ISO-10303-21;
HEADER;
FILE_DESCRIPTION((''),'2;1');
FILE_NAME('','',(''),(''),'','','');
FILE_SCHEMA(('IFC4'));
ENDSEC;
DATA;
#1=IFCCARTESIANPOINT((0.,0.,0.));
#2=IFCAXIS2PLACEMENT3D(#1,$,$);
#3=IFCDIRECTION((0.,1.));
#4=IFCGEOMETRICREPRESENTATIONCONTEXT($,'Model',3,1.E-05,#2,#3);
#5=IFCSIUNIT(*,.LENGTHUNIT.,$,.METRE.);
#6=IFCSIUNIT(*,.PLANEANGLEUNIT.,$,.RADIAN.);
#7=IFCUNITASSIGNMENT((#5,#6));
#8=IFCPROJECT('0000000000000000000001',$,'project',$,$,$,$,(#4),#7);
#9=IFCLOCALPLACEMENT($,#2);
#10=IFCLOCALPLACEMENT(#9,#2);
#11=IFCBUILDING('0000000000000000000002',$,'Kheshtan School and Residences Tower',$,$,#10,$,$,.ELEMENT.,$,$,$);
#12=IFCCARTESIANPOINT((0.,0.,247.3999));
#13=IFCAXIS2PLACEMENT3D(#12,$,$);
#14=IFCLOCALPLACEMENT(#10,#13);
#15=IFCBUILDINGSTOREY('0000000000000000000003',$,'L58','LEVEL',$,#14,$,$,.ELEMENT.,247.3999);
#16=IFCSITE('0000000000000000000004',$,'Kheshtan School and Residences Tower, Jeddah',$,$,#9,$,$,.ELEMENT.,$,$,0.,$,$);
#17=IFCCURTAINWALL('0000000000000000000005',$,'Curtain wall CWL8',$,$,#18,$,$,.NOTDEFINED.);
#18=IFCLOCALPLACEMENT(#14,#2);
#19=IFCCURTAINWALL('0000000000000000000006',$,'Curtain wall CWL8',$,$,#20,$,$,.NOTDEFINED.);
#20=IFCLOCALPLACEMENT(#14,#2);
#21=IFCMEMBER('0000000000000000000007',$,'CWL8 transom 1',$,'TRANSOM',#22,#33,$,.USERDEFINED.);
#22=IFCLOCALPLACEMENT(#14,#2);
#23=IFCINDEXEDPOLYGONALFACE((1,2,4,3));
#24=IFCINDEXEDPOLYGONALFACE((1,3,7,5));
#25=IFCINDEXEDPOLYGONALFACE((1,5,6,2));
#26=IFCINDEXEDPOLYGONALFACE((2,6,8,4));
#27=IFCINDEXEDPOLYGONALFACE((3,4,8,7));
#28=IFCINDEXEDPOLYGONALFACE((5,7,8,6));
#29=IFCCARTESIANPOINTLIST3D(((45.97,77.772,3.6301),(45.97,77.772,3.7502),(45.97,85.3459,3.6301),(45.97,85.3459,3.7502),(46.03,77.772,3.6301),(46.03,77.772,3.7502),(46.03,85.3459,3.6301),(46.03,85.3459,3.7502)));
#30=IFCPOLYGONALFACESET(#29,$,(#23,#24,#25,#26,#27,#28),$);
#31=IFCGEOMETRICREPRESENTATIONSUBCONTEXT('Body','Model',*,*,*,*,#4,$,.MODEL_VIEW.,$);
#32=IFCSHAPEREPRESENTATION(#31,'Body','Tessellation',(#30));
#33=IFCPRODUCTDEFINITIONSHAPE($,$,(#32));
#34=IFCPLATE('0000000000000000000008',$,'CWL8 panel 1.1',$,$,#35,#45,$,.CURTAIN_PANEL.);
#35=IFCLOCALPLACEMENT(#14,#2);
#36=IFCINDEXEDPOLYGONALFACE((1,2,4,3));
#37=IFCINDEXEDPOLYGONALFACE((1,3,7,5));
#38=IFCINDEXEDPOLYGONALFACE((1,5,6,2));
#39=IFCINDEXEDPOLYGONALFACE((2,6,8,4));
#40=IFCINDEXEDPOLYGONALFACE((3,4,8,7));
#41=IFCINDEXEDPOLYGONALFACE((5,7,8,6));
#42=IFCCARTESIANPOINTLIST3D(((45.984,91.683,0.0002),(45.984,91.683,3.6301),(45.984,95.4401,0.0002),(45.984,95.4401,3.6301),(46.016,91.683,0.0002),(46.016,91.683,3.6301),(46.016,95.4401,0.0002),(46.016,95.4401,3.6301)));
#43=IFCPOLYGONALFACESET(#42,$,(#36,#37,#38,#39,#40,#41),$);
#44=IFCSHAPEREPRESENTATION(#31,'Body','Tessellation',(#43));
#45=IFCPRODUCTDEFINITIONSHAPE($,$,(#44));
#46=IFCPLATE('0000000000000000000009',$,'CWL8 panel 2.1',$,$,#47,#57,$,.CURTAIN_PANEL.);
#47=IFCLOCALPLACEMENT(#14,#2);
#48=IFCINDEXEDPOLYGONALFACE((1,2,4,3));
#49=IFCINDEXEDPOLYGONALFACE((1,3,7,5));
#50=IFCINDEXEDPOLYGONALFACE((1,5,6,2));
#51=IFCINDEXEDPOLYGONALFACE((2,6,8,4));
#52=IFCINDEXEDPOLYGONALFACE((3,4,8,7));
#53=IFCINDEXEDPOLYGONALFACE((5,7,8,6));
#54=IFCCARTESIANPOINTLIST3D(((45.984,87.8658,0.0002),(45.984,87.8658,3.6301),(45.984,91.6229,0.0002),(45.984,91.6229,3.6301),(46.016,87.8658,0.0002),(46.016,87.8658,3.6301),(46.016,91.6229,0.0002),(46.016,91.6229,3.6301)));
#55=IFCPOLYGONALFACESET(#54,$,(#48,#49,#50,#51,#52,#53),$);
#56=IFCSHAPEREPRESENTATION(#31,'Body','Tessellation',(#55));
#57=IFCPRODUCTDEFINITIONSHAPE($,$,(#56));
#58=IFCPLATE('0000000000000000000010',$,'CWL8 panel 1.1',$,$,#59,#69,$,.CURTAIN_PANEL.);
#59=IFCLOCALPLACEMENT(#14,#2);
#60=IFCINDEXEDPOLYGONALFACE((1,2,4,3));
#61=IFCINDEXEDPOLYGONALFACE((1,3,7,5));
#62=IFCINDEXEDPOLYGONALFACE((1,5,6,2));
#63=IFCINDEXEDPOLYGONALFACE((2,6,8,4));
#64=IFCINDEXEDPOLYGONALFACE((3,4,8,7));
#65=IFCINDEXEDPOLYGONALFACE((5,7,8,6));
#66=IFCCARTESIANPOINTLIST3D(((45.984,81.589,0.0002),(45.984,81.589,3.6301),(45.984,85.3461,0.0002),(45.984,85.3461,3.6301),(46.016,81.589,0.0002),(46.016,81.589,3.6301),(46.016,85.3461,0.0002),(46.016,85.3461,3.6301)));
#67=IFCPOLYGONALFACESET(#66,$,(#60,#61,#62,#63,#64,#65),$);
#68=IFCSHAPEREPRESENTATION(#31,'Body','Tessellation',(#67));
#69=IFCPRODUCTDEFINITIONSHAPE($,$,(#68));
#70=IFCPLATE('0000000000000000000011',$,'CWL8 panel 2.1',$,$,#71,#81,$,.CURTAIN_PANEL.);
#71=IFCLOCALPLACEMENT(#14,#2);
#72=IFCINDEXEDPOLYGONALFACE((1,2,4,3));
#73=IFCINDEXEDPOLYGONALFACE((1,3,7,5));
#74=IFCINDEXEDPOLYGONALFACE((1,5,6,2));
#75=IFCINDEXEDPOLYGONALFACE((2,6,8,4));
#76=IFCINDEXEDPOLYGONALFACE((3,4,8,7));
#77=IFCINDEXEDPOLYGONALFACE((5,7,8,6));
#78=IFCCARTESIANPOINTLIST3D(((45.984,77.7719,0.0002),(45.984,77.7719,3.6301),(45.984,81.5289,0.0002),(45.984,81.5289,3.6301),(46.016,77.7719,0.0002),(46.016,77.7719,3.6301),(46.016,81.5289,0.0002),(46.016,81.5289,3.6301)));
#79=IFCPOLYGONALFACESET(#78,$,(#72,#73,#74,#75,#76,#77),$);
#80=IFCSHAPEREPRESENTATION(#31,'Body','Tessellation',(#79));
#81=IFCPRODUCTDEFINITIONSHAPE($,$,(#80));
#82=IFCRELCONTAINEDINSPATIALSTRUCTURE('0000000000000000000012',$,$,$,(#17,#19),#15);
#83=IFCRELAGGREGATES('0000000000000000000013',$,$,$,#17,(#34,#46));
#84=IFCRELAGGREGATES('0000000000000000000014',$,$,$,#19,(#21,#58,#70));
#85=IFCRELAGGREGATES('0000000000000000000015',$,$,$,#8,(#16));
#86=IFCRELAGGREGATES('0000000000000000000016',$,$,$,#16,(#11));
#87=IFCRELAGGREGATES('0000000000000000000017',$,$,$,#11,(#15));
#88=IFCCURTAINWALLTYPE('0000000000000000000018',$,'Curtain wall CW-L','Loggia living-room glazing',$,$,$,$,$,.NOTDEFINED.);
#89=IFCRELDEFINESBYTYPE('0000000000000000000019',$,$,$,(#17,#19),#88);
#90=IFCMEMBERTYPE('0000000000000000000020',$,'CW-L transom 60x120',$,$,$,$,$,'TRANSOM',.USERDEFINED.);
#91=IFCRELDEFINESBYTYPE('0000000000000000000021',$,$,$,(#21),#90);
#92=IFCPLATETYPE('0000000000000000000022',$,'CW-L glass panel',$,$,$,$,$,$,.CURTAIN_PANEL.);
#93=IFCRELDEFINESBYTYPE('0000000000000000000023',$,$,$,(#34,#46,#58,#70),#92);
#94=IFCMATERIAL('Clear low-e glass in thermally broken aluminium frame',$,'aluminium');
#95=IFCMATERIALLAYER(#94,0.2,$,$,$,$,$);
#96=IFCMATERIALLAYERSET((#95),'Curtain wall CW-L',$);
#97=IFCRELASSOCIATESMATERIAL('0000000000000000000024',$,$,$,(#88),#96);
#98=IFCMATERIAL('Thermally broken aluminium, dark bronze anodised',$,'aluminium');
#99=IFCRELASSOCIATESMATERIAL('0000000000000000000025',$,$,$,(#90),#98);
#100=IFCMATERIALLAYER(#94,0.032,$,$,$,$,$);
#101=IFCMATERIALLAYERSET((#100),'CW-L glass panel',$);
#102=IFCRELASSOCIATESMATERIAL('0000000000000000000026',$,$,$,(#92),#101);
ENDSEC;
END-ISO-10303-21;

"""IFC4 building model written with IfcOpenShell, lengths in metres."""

from ifc_helpers import new_model, si_unit, direction, frame, origin, origin_2d, place, context, subcontext, project, spatial, rectangle, extrude, material, layer, layer_set, material_profile, profile_set, type_object, element, aggregate, save


model = new_model("IFC4")

# Units and contexts
model_context = context("Model", 3, precision=1e-05, world=origin(), true_north=direction((0.0, 1.0)))
body_context = subcontext(model_context, "Body", "Model", "MODEL_VIEW")
ifc_project = project(units=[si_unit("LENGTHUNIT", "METRE"), si_unit("PLANEANGLEUNIT", "RADIAN")], contexts=[model_context])

# Site, building, storey
site_placement = place(None, origin())
site = spatial("IfcSite", under=ifc_project, at=site_placement, Name="Kheshtan School and Residences Tower, Jeddah", CompositionType="ELEMENT", RefElevation=0.0)
building_placement = place(site_placement, origin())
building = spatial("IfcBuilding", under=site, at=building_placement, Name="Kheshtan School and Residences Tower", CompositionType="ELEMENT")
storey_placement = place(building_placement, frame((0.0, 0.0, 247.3999)))
storey = spatial("IfcBuildingStorey", under=building, at=storey_placement, Name="L58", Description="LEVEL", CompositionType="ELEMENT", Elevation=247.3999)

# Shared definitions
ifc_material_1 = material(Name="Clear low-e glass in thermally broken aluminium frame", Category="aluminium")
ifc_layer_1 = layer(ifc_material_1, 0.2)
ifc_layer_set_1 = layer_set([ifc_layer_1], Name="Curtain wall CW-L")
curtain_wall_type = type_object("IfcCurtainWallType", Name="Curtain wall CW-L", Description="Loggia living-room glazing", PredefinedType="NOTDEFINED", material=ifc_layer_set_1)
ifc_material_2 = material(Name="Thermally broken aluminium, dark bronze anodised", Category="aluminium")

# Curtain walls
curtain_wall_1_placement = place(storey_placement, origin())
curtain_wall_1 = element("IfcCurtainWall", 1, at=curtain_wall_1_placement, inside=storey, type_object=curtain_wall_type, Name="Curtain wall CWL8", PredefinedType="NOTDEFINED")
curtain_wall_2_placement = place(storey_placement, origin())
curtain_wall_2 = element("IfcCurtainWall", 2, at=curtain_wall_2_placement, inside=storey, type_object=curtain_wall_type, Name="Curtain wall CWL8", PredefinedType="NOTDEFINED")

# Member
ifc_material_profile_1 = material_profile(ifc_material_2, rectangle(XDim=0.0601, YDim=0.1201, at=origin_2d()), Name="CW-L transom 60x120")
ifc_profile_set_1 = profile_set([ifc_material_profile_1], Name="Thermally broken aluminium, dark bronze anodised")
member_type_1 = type_object("IfcMemberType", Name="CW-L transom 60x120", ElementType="TRANSOM", PredefinedType="USERDEFINED", material=ifc_profile_set_1)
member_1_placement = place(storey_placement, frame((46.0, 85.3459, 3.6902), z_axis=(0.0, -1.0, 0.0), x_axis=(1.0, 0.0, 0.0)))
member_1 = element("IfcMember", 3, at=member_1_placement, type_object=member_type_1, Name="CWL8 transom 1", ObjectType="TRANSOM", PredefinedType="USERDEFINED", context=body_context, shape_type="SweptSolid", body=[
    extrude(rectangle(XDim=0.0601, YDim=0.1201, at=origin_2d()), origin(), (0.0, 0.0, 1.0), 7.574),
])

# Plates
ifc_layer_2 = layer(ifc_material_1, 0.032)
ifc_layer_set_2 = layer_set([ifc_layer_2], Name="CW-L glass panel")
plate_type = type_object("IfcPlateType", Name="CW-L glass panel", PredefinedType="CURTAIN_PANEL", material=ifc_layer_set_2)
plate_1_placement = place(storey_placement, frame((46.0, 93.5615, 0.0002), z_axis=(0.0, 0.0, 1.0), x_axis=(0.0, -1.0, 0.0)))
plate_1 = element("IfcPlate", 4, at=plate_1_placement, type_object=plate_type, Name="CWL8 panel 1.1", PredefinedType="CURTAIN_PANEL", context=body_context, shape_type="SweptSolid", body=[
    extrude(rectangle(XDim=3.7571, YDim=0.032, at=origin_2d()), origin(), (0.0, 0.0, 1.0), 3.6299),
])
plate_2_placement = place(storey_placement, frame((46.0, 89.7444, 0.0002), z_axis=(0.0, 0.0, 1.0), x_axis=(0.0, -1.0, 0.0)))
plate_2 = element("IfcPlate", 5, at=plate_2_placement, type_object=plate_type, Name="CWL8 panel 2.1", PredefinedType="CURTAIN_PANEL", context=body_context, shape_type="SweptSolid", body=[
    extrude(rectangle(XDim=3.7571, YDim=0.032, at=origin_2d()), origin(), (0.0, 0.0, 1.0), 3.6299),
])
aggregate(curtain_wall_1, [plate_1, plate_2])
plate_3_placement = place(storey_placement, frame((46.0, 83.4675, 0.0002), z_axis=(0.0, 0.0, 1.0), x_axis=(0.0, -1.0, 0.0)))
plate_3 = element("IfcPlate", 6, at=plate_3_placement, type_object=plate_type, Name="CWL8 panel 1.1", PredefinedType="CURTAIN_PANEL", context=body_context, shape_type="SweptSolid", body=[
    extrude(rectangle(XDim=3.7571, YDim=0.032, at=origin_2d()), origin(), (0.0, 0.0, 1.0), 3.6299),
])
plate_4_placement = place(storey_placement, frame((46.0, 79.6504, 0.0002), z_axis=(0.0, 0.0, 1.0), x_axis=(0.0, -1.0, 0.0)))
plate_4 = element("IfcPlate", 7, at=plate_4_placement, type_object=plate_type, Name="CWL8 panel 2.1", PredefinedType="CURTAIN_PANEL", context=body_context, shape_type="SweptSolid", body=[
    extrude(rectangle(XDim=3.7571, YDim=0.032, at=origin_2d()), origin(), (0.0, 0.0, 1.0), 3.6299),
])
aggregate(curtain_wall_2, [member_1, plate_3, plate_4])

save(model, "model.ifc")
